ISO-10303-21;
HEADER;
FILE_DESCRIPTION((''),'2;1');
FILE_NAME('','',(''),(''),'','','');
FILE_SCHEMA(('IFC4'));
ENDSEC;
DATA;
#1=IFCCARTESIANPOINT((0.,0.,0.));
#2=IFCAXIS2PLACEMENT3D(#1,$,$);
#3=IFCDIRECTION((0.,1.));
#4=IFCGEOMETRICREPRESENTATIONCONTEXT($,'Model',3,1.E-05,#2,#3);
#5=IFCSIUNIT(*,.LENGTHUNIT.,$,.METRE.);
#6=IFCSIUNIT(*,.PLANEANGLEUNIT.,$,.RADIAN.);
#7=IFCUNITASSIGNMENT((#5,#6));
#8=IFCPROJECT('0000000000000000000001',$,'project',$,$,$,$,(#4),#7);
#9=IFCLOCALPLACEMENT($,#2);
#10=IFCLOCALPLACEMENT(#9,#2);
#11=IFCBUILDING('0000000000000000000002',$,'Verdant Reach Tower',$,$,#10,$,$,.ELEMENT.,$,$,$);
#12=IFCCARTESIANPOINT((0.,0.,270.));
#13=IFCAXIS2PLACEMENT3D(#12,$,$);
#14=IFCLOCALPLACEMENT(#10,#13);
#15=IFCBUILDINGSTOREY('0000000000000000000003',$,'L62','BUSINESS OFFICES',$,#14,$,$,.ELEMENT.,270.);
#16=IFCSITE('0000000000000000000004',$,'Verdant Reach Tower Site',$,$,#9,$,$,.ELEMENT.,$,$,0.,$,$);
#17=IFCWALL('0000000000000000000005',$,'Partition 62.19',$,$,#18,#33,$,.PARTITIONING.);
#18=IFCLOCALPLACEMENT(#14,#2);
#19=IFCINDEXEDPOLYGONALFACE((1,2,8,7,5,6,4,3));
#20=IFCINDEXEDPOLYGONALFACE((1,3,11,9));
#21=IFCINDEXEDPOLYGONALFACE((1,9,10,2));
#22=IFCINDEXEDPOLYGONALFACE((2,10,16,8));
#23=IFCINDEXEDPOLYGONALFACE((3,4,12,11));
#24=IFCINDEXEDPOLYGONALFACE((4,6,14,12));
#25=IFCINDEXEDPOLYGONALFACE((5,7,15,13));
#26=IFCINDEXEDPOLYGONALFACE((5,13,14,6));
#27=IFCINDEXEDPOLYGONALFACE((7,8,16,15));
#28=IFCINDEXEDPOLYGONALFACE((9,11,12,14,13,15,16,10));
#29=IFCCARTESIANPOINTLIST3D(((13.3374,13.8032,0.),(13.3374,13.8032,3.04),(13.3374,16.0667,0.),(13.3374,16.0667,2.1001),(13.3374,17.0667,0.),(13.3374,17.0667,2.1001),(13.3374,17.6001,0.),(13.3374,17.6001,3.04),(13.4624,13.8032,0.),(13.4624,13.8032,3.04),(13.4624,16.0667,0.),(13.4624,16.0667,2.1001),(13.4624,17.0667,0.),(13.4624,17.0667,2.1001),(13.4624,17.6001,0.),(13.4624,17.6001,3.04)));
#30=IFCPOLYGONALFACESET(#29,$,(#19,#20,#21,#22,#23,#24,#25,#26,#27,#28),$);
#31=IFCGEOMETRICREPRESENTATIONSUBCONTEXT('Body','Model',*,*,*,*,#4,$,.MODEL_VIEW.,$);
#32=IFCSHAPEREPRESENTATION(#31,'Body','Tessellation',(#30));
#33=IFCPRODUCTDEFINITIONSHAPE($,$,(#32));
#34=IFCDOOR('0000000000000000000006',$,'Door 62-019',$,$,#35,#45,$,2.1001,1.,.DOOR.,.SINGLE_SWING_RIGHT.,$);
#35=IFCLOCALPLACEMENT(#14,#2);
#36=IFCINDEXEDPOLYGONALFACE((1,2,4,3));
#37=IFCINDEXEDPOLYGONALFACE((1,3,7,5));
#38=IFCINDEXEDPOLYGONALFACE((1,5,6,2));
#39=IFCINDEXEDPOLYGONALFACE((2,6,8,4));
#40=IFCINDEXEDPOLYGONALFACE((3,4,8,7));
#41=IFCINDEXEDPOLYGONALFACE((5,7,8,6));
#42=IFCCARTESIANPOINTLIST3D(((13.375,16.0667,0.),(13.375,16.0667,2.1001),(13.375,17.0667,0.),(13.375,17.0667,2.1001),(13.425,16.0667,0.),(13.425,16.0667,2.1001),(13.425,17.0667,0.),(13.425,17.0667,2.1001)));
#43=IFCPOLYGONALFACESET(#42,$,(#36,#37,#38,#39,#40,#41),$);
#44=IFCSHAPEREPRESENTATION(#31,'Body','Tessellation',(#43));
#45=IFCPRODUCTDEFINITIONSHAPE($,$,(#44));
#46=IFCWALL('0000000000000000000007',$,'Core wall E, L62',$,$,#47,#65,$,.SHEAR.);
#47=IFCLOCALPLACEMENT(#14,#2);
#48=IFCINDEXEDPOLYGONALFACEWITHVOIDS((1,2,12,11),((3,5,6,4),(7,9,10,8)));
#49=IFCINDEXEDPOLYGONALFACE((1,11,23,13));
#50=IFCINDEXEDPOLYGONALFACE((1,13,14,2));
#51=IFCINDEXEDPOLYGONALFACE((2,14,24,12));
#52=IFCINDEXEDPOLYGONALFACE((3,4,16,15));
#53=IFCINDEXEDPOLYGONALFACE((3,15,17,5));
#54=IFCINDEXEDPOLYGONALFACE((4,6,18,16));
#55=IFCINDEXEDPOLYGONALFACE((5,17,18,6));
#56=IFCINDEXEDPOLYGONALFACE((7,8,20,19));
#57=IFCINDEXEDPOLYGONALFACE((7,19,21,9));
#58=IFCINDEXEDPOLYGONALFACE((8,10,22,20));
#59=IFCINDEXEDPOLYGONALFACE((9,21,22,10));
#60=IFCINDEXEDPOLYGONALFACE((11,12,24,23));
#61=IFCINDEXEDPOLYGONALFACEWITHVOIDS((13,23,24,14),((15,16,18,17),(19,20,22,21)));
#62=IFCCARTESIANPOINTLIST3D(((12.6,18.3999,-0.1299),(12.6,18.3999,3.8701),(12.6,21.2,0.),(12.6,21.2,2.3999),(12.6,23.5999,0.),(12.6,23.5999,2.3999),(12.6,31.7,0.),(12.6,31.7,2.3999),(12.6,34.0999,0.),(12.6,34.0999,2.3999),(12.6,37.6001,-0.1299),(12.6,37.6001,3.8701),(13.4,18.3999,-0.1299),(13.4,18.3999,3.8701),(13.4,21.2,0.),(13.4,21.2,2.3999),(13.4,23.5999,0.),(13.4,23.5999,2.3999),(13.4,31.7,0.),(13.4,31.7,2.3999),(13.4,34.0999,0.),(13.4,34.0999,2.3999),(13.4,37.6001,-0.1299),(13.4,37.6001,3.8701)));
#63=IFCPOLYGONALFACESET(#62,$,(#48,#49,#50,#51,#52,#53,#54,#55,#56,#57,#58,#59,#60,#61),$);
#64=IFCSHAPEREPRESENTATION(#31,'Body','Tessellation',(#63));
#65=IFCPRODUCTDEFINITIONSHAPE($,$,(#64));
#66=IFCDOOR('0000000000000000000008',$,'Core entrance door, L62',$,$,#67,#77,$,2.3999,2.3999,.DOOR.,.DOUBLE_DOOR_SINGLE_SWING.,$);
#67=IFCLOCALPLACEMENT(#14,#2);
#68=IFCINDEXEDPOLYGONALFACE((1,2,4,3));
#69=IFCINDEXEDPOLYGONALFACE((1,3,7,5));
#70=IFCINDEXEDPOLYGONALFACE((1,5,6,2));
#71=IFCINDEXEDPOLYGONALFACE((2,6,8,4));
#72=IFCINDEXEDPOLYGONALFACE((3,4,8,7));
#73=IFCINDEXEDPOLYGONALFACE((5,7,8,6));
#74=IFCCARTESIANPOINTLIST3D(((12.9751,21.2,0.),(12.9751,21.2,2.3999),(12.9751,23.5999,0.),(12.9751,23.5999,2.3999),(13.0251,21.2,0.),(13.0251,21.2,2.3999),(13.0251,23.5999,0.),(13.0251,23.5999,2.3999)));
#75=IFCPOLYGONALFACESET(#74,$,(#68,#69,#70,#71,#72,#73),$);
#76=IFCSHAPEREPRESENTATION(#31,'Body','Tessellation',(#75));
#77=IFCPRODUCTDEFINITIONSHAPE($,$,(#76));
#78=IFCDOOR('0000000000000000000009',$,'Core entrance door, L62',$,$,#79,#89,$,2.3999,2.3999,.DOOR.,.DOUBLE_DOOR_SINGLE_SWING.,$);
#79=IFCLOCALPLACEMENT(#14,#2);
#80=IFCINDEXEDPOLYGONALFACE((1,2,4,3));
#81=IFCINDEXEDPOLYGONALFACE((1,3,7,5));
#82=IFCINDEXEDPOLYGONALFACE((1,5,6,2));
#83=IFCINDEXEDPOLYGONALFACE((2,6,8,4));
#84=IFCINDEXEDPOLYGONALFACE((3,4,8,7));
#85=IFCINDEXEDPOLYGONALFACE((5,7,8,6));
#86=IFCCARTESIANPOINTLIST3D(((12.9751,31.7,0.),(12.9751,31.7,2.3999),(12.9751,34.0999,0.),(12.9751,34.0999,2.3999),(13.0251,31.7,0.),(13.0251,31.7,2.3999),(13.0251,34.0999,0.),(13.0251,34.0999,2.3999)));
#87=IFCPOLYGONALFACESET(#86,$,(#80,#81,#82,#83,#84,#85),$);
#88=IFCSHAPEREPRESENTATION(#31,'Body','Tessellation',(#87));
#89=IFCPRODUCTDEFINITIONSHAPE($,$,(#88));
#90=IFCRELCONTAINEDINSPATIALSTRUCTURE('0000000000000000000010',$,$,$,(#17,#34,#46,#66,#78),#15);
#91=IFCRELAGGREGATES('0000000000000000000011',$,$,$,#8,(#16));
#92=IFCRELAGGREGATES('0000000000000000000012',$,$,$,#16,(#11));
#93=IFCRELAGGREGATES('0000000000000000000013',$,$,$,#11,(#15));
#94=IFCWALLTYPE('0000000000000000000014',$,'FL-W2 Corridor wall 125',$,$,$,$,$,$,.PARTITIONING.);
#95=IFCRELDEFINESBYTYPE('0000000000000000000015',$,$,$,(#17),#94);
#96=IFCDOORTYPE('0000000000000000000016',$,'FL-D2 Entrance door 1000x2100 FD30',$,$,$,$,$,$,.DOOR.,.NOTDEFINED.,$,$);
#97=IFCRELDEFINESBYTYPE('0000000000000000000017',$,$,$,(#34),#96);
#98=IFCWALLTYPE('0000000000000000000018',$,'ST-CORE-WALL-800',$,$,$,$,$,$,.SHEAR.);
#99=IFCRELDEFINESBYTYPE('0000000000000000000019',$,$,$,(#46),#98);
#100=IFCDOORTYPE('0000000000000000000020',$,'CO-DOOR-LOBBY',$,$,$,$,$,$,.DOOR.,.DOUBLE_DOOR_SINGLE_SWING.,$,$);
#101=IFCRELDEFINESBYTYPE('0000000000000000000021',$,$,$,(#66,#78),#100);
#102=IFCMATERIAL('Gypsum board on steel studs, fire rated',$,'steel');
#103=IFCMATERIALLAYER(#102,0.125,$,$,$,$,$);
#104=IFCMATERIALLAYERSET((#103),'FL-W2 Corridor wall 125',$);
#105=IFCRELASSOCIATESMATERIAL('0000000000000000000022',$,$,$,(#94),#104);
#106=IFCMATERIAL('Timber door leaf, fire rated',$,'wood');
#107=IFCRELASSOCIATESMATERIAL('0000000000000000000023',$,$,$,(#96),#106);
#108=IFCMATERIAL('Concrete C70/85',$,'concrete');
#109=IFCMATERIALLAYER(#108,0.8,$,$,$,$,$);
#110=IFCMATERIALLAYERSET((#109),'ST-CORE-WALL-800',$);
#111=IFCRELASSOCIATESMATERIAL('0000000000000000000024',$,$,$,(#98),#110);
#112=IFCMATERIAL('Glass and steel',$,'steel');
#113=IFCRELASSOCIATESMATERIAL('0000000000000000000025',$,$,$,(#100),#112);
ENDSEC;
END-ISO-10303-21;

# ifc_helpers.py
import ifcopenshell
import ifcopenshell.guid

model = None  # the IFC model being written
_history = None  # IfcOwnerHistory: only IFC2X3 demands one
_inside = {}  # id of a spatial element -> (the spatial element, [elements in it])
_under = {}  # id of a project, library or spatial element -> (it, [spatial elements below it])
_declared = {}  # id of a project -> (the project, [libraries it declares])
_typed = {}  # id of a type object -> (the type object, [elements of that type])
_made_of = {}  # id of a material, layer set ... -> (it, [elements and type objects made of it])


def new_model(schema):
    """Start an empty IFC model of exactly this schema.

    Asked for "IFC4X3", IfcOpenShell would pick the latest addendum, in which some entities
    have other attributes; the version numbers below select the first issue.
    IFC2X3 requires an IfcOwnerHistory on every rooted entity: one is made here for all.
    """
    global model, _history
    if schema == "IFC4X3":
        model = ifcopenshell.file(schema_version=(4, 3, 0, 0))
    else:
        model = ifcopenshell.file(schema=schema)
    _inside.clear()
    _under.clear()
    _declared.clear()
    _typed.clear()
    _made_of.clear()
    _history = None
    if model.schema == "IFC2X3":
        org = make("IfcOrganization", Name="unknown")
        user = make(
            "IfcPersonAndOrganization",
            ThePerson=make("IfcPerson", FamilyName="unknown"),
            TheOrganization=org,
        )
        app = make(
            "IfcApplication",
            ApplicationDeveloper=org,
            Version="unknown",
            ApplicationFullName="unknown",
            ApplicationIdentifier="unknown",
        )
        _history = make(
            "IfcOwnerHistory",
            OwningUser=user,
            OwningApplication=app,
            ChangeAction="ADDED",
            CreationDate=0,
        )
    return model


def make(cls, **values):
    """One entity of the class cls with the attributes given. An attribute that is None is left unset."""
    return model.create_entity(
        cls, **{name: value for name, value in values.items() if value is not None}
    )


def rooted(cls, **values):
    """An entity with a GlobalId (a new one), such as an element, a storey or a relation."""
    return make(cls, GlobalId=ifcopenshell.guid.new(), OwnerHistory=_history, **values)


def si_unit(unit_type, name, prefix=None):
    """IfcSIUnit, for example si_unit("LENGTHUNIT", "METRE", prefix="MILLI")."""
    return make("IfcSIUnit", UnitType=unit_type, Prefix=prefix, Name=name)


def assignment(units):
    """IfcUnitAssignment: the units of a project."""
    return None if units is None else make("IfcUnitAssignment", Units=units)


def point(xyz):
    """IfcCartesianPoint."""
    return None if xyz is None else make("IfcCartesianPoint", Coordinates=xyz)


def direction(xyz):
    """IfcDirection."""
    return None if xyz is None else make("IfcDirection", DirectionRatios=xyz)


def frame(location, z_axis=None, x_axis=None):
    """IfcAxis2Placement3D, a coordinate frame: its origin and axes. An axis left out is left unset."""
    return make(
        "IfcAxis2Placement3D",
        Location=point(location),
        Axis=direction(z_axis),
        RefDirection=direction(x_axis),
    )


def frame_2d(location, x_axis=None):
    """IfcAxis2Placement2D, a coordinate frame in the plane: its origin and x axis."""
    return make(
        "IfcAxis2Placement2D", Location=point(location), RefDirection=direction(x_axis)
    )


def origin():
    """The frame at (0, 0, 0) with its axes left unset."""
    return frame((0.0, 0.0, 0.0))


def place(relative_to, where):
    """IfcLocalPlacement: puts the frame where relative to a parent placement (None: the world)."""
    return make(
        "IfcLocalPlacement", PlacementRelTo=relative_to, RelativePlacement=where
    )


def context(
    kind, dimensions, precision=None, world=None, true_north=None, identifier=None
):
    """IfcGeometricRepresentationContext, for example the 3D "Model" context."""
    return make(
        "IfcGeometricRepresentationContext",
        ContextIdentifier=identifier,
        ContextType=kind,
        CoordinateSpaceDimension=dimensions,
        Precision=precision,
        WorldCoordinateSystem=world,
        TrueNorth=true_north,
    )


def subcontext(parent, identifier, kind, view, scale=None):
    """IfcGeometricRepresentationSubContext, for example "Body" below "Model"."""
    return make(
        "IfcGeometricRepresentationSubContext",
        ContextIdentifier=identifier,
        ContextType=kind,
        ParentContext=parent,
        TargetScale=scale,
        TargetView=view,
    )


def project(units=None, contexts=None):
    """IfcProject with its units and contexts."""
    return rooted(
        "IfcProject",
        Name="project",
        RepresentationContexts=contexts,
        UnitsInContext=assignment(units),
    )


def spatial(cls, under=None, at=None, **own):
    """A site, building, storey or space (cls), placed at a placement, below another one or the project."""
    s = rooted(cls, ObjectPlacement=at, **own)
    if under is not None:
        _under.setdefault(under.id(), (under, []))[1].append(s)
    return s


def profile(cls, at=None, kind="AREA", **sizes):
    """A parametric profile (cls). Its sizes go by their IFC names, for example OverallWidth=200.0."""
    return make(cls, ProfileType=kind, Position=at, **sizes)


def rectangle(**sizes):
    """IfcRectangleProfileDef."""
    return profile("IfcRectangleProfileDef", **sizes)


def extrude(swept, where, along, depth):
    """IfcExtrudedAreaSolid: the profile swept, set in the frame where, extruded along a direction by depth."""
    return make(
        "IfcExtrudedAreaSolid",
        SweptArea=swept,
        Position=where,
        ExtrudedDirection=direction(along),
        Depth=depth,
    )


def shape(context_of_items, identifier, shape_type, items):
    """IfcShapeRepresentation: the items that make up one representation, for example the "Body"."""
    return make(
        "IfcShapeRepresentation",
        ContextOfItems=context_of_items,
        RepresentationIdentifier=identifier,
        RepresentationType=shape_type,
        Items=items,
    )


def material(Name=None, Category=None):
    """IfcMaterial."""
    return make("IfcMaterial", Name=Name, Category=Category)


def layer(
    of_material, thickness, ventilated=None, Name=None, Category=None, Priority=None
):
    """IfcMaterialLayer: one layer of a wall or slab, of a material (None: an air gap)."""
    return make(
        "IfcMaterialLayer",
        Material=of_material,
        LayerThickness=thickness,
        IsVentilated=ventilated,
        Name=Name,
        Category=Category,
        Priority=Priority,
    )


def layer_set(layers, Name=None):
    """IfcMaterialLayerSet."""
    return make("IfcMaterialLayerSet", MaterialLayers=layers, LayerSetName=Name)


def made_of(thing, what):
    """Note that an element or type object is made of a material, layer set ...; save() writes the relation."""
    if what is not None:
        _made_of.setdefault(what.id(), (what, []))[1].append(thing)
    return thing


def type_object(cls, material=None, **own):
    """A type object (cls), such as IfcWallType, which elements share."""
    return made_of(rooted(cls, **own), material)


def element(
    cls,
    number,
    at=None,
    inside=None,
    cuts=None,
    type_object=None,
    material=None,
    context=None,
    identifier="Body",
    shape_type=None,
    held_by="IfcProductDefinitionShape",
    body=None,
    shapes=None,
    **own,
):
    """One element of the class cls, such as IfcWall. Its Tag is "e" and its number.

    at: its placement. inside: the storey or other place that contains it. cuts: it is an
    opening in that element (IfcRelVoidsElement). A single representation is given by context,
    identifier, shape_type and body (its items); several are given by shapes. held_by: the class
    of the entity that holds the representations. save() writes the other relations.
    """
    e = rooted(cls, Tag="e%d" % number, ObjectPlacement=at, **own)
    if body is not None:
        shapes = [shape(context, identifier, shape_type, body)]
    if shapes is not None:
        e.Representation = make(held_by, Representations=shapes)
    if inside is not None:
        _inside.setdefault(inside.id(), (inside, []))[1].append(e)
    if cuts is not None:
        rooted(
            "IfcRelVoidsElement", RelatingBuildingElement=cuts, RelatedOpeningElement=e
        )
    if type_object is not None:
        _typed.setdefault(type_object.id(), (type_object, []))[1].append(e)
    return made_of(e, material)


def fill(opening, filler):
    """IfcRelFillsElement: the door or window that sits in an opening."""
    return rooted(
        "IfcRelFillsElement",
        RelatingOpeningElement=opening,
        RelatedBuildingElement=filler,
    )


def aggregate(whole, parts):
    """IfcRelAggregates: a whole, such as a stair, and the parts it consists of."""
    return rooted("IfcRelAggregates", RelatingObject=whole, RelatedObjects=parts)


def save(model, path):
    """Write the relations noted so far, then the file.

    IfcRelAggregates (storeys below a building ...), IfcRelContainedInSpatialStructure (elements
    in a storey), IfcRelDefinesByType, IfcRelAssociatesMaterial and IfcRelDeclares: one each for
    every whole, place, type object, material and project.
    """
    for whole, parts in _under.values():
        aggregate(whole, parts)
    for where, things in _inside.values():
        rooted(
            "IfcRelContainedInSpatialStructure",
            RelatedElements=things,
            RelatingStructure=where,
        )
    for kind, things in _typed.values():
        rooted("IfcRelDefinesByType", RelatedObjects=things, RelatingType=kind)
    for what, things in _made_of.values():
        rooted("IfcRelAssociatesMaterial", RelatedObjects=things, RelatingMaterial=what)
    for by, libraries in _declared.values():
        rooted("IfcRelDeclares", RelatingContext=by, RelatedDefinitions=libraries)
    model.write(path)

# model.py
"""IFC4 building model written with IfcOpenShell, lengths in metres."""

from ifc_helpers import new_model, si_unit, direction, frame, frame_2d, origin, place, context, subcontext, project, spatial, rectangle, extrude, material, layer, layer_set, type_object, element, fill, save


model = new_model("IFC4")

# Units and contexts
model_context = context("Model", 3, precision=1e-05, world=origin(), true_north=direction((0.0, 1.0)))
body_context = subcontext(model_context, "Body", "Model", "MODEL_VIEW")
ifc_project = project(units=[si_unit("LENGTHUNIT", "METRE"), si_unit("PLANEANGLEUNIT", "RADIAN")], contexts=[model_context])

# Site, building, storey
site_placement = place(None, origin())
site = spatial("IfcSite", under=ifc_project, at=site_placement, Name="Verdant Reach Tower Site", CompositionType="ELEMENT", RefElevation=0.0)
building_placement = place(site_placement, origin())
building = spatial("IfcBuilding", under=site, at=building_placement, Name="Verdant Reach Tower", CompositionType="ELEMENT")
storey_placement = place(building_placement, frame((0.0, 0.0, 270.0)))
storey = spatial("IfcBuildingStorey", under=building, at=storey_placement, Name="L62", Description="BUSINESS OFFICES", CompositionType="ELEMENT", Elevation=270.0)

# Wall, opening, door
ifc_material_1 = material(Name="Gypsum board on steel studs, fire rated", Category="steel")
ifc_layer_1 = layer(ifc_material_1, 0.125)
ifc_layer_set_1 = layer_set([ifc_layer_1], Name="FL-W2 Corridor wall 125")
wall_type_1 = type_object("IfcWallType", Name="FL-W2 Corridor wall 125", PredefinedType="PARTITIONING", material=ifc_layer_set_1)
wall_1_placement = place(storey_placement, frame((13.3999, 13.8032, 0.0), z_axis=(0.0, 0.0, 1.0), x_axis=(0.0, 1.0, 0.0)))
wall_1 = element("IfcWall", 1, at=wall_1_placement, inside=storey, type_object=wall_type_1, Name="Partition 62.19", PredefinedType="PARTITIONING", context=body_context, shape_type="SweptSolid", body=[
    extrude(rectangle(XDim=3.7969, YDim=0.125, at=frame_2d((1.8984, 0.0))), origin(), (0.0, 0.0, 1.0), 3.04),
])
opening_1_placement = place(wall_1_placement, frame((2.2634, 0.0, 0.0)))
opening_1 = element("IfcOpeningElement", 2, at=opening_1_placement, cuts=wall_1, PredefinedType="OPENING", context=body_context, shape_type="SweptSolid", body=[
    extrude(rectangle(XDim=1.0, YDim=2.1001, at=frame_2d((0.5, 1.05))), frame((0.0, 0.0725, 0.0), z_axis=(0.0, -1.0, 0.0), x_axis=(1.0, 0.0, 0.0)), (0.0, 0.0, 1.0), 0.145),
])
ifc_material_2 = material(Name="Timber door leaf, fire rated", Category="wood")
door_type_1 = type_object("IfcDoorType", Name="FL-D2 Entrance door 1000x2100 FD30", OperationType="NOTDEFINED", PredefinedType="DOOR", material=ifc_material_2)
door_1_placement = place(opening_1_placement, origin())
door_1 = element("IfcDoor", 3, at=door_1_placement, inside=storey, type_object=door_type_1, Name="Door 62-019", OperationType="SINGLE_SWING_RIGHT", OverallHeight=2.1001, OverallWidth=1.0, PredefinedType="DOOR", context=body_context, shape_type="SweptSolid", body=[
    extrude(rectangle(XDim=1.0, YDim=2.1001, at=frame_2d((0.5, 1.05))), frame((0.0, 0.0249, 0.0), z_axis=(0.0, -1.0, 0.0), x_axis=(1.0, 0.0, 0.0)), (0.0, 0.0, 1.0), 0.05),
])
fill(opening_1, door_1)

# Wall, openings, doors
ifc_material_3 = material(Name="Concrete C70/85", Category="concrete")
ifc_layer_2 = layer(ifc_material_3, 0.8)
ifc_layer_set_2 = layer_set([ifc_layer_2], Name="ST-CORE-WALL-800")
wall_type_2 = type_object("IfcWallType", Name="ST-CORE-WALL-800", PredefinedType="SHEAR", material=ifc_layer_set_2)
wall_2_placement = place(storey_placement, frame((13.0, 18.3999, -0.1299), z_axis=(0.0, 0.0, 1.0), x_axis=(0.0, 1.0, 0.0)))
wall_2 = element("IfcWall", 4, at=wall_2_placement, inside=storey, type_object=wall_type_2, Name="Core wall E, L62", PredefinedType="SHEAR", context=body_context, shape_type="SweptSolid", body=[
    extrude(rectangle(XDim=19.2002, YDim=0.8, at=frame_2d((9.6001, 0.0))), origin(), (0.0, 0.0, 1.0), 4.0),
])
opening_2_placement = place(wall_2_placement, frame((2.8, 0.0, 0.1299)))
opening_2 = element("IfcOpeningElement", 5, at=opening_2_placement, cuts=wall_2, PredefinedType="OPENING", context=body_context, shape_type="SweptSolid", body=[
    extrude(rectangle(XDim=2.3999, YDim=2.3999, at=frame_2d((1.2, 1.2))), frame((0.0, 0.4099, 0.0), z_axis=(0.0, -1.0, 0.0), x_axis=(1.0, 0.0, 0.0)), (0.0, 0.0, 1.0), 0.8201),
])
opening_3_placement = place(wall_2_placement, frame((13.3, 0.0, 0.1299)))
opening_3 = element("IfcOpeningElement", 6, at=opening_3_placement, cuts=wall_2, PredefinedType="OPENING", context=body_context, shape_type="SweptSolid", body=[
    extrude(rectangle(XDim=2.3999, YDim=2.3999, at=frame_2d((1.2, 1.2))), frame((0.0, 0.4099, 0.0), z_axis=(0.0, -1.0, 0.0), x_axis=(1.0, 0.0, 0.0)), (0.0, 0.0, 1.0), 0.8201),
])
ifc_material_4 = material(Name="Glass and steel", Category="steel")
door_type_2 = type_object("IfcDoorType", Name="CO-DOOR-LOBBY", OperationType="DOUBLE_DOOR_SINGLE_SWING", PredefinedType="DOOR", material=ifc_material_4)
door_2_placement = place(opening_2_placement, origin())
door_2 = element("IfcDoor", 7, at=door_2_placement, inside=storey, type_object=door_type_2, Name="Core entrance door, L62", OperationType="DOUBLE_DOOR_SINGLE_SWING", OverallHeight=2.3999, OverallWidth=2.3999, PredefinedType="DOOR", context=body_context, shape_type="SweptSolid", body=[
    extrude(rectangle(XDim=2.3999, YDim=2.3999, at=frame_2d((1.2, 1.2))), frame((0.0, 0.0249, 0.0), z_axis=(0.0, -1.0, 0.0), x_axis=(1.0, 0.0, 0.0)), (0.0, 0.0, 1.0), 0.05),
])
fill(opening_2, door_2)
door_3_placement = place(opening_3_placement, origin())
door_3 = element("IfcDoor", 8, at=door_3_placement, inside=storey, type_object=door_type_2, Name="Core entrance door, L62", OperationType="DOUBLE_DOOR_SINGLE_SWING", OverallHeight=2.3999, OverallWidth=2.3999, PredefinedType="DOOR", context=body_context, shape_type="SweptSolid", body=[
    extrude(rectangle(XDim=2.3999, YDim=2.3999, at=frame_2d((1.2, 1.2))), frame((0.0, 0.0249, 0.0), z_axis=(0.0, -1.0, 0.0), x_axis=(1.0, 0.0, 0.0)), (0.0, 0.0, 1.0), 0.05),
])
fill(opening_3, door_3)

save(model, "model.ifc")
